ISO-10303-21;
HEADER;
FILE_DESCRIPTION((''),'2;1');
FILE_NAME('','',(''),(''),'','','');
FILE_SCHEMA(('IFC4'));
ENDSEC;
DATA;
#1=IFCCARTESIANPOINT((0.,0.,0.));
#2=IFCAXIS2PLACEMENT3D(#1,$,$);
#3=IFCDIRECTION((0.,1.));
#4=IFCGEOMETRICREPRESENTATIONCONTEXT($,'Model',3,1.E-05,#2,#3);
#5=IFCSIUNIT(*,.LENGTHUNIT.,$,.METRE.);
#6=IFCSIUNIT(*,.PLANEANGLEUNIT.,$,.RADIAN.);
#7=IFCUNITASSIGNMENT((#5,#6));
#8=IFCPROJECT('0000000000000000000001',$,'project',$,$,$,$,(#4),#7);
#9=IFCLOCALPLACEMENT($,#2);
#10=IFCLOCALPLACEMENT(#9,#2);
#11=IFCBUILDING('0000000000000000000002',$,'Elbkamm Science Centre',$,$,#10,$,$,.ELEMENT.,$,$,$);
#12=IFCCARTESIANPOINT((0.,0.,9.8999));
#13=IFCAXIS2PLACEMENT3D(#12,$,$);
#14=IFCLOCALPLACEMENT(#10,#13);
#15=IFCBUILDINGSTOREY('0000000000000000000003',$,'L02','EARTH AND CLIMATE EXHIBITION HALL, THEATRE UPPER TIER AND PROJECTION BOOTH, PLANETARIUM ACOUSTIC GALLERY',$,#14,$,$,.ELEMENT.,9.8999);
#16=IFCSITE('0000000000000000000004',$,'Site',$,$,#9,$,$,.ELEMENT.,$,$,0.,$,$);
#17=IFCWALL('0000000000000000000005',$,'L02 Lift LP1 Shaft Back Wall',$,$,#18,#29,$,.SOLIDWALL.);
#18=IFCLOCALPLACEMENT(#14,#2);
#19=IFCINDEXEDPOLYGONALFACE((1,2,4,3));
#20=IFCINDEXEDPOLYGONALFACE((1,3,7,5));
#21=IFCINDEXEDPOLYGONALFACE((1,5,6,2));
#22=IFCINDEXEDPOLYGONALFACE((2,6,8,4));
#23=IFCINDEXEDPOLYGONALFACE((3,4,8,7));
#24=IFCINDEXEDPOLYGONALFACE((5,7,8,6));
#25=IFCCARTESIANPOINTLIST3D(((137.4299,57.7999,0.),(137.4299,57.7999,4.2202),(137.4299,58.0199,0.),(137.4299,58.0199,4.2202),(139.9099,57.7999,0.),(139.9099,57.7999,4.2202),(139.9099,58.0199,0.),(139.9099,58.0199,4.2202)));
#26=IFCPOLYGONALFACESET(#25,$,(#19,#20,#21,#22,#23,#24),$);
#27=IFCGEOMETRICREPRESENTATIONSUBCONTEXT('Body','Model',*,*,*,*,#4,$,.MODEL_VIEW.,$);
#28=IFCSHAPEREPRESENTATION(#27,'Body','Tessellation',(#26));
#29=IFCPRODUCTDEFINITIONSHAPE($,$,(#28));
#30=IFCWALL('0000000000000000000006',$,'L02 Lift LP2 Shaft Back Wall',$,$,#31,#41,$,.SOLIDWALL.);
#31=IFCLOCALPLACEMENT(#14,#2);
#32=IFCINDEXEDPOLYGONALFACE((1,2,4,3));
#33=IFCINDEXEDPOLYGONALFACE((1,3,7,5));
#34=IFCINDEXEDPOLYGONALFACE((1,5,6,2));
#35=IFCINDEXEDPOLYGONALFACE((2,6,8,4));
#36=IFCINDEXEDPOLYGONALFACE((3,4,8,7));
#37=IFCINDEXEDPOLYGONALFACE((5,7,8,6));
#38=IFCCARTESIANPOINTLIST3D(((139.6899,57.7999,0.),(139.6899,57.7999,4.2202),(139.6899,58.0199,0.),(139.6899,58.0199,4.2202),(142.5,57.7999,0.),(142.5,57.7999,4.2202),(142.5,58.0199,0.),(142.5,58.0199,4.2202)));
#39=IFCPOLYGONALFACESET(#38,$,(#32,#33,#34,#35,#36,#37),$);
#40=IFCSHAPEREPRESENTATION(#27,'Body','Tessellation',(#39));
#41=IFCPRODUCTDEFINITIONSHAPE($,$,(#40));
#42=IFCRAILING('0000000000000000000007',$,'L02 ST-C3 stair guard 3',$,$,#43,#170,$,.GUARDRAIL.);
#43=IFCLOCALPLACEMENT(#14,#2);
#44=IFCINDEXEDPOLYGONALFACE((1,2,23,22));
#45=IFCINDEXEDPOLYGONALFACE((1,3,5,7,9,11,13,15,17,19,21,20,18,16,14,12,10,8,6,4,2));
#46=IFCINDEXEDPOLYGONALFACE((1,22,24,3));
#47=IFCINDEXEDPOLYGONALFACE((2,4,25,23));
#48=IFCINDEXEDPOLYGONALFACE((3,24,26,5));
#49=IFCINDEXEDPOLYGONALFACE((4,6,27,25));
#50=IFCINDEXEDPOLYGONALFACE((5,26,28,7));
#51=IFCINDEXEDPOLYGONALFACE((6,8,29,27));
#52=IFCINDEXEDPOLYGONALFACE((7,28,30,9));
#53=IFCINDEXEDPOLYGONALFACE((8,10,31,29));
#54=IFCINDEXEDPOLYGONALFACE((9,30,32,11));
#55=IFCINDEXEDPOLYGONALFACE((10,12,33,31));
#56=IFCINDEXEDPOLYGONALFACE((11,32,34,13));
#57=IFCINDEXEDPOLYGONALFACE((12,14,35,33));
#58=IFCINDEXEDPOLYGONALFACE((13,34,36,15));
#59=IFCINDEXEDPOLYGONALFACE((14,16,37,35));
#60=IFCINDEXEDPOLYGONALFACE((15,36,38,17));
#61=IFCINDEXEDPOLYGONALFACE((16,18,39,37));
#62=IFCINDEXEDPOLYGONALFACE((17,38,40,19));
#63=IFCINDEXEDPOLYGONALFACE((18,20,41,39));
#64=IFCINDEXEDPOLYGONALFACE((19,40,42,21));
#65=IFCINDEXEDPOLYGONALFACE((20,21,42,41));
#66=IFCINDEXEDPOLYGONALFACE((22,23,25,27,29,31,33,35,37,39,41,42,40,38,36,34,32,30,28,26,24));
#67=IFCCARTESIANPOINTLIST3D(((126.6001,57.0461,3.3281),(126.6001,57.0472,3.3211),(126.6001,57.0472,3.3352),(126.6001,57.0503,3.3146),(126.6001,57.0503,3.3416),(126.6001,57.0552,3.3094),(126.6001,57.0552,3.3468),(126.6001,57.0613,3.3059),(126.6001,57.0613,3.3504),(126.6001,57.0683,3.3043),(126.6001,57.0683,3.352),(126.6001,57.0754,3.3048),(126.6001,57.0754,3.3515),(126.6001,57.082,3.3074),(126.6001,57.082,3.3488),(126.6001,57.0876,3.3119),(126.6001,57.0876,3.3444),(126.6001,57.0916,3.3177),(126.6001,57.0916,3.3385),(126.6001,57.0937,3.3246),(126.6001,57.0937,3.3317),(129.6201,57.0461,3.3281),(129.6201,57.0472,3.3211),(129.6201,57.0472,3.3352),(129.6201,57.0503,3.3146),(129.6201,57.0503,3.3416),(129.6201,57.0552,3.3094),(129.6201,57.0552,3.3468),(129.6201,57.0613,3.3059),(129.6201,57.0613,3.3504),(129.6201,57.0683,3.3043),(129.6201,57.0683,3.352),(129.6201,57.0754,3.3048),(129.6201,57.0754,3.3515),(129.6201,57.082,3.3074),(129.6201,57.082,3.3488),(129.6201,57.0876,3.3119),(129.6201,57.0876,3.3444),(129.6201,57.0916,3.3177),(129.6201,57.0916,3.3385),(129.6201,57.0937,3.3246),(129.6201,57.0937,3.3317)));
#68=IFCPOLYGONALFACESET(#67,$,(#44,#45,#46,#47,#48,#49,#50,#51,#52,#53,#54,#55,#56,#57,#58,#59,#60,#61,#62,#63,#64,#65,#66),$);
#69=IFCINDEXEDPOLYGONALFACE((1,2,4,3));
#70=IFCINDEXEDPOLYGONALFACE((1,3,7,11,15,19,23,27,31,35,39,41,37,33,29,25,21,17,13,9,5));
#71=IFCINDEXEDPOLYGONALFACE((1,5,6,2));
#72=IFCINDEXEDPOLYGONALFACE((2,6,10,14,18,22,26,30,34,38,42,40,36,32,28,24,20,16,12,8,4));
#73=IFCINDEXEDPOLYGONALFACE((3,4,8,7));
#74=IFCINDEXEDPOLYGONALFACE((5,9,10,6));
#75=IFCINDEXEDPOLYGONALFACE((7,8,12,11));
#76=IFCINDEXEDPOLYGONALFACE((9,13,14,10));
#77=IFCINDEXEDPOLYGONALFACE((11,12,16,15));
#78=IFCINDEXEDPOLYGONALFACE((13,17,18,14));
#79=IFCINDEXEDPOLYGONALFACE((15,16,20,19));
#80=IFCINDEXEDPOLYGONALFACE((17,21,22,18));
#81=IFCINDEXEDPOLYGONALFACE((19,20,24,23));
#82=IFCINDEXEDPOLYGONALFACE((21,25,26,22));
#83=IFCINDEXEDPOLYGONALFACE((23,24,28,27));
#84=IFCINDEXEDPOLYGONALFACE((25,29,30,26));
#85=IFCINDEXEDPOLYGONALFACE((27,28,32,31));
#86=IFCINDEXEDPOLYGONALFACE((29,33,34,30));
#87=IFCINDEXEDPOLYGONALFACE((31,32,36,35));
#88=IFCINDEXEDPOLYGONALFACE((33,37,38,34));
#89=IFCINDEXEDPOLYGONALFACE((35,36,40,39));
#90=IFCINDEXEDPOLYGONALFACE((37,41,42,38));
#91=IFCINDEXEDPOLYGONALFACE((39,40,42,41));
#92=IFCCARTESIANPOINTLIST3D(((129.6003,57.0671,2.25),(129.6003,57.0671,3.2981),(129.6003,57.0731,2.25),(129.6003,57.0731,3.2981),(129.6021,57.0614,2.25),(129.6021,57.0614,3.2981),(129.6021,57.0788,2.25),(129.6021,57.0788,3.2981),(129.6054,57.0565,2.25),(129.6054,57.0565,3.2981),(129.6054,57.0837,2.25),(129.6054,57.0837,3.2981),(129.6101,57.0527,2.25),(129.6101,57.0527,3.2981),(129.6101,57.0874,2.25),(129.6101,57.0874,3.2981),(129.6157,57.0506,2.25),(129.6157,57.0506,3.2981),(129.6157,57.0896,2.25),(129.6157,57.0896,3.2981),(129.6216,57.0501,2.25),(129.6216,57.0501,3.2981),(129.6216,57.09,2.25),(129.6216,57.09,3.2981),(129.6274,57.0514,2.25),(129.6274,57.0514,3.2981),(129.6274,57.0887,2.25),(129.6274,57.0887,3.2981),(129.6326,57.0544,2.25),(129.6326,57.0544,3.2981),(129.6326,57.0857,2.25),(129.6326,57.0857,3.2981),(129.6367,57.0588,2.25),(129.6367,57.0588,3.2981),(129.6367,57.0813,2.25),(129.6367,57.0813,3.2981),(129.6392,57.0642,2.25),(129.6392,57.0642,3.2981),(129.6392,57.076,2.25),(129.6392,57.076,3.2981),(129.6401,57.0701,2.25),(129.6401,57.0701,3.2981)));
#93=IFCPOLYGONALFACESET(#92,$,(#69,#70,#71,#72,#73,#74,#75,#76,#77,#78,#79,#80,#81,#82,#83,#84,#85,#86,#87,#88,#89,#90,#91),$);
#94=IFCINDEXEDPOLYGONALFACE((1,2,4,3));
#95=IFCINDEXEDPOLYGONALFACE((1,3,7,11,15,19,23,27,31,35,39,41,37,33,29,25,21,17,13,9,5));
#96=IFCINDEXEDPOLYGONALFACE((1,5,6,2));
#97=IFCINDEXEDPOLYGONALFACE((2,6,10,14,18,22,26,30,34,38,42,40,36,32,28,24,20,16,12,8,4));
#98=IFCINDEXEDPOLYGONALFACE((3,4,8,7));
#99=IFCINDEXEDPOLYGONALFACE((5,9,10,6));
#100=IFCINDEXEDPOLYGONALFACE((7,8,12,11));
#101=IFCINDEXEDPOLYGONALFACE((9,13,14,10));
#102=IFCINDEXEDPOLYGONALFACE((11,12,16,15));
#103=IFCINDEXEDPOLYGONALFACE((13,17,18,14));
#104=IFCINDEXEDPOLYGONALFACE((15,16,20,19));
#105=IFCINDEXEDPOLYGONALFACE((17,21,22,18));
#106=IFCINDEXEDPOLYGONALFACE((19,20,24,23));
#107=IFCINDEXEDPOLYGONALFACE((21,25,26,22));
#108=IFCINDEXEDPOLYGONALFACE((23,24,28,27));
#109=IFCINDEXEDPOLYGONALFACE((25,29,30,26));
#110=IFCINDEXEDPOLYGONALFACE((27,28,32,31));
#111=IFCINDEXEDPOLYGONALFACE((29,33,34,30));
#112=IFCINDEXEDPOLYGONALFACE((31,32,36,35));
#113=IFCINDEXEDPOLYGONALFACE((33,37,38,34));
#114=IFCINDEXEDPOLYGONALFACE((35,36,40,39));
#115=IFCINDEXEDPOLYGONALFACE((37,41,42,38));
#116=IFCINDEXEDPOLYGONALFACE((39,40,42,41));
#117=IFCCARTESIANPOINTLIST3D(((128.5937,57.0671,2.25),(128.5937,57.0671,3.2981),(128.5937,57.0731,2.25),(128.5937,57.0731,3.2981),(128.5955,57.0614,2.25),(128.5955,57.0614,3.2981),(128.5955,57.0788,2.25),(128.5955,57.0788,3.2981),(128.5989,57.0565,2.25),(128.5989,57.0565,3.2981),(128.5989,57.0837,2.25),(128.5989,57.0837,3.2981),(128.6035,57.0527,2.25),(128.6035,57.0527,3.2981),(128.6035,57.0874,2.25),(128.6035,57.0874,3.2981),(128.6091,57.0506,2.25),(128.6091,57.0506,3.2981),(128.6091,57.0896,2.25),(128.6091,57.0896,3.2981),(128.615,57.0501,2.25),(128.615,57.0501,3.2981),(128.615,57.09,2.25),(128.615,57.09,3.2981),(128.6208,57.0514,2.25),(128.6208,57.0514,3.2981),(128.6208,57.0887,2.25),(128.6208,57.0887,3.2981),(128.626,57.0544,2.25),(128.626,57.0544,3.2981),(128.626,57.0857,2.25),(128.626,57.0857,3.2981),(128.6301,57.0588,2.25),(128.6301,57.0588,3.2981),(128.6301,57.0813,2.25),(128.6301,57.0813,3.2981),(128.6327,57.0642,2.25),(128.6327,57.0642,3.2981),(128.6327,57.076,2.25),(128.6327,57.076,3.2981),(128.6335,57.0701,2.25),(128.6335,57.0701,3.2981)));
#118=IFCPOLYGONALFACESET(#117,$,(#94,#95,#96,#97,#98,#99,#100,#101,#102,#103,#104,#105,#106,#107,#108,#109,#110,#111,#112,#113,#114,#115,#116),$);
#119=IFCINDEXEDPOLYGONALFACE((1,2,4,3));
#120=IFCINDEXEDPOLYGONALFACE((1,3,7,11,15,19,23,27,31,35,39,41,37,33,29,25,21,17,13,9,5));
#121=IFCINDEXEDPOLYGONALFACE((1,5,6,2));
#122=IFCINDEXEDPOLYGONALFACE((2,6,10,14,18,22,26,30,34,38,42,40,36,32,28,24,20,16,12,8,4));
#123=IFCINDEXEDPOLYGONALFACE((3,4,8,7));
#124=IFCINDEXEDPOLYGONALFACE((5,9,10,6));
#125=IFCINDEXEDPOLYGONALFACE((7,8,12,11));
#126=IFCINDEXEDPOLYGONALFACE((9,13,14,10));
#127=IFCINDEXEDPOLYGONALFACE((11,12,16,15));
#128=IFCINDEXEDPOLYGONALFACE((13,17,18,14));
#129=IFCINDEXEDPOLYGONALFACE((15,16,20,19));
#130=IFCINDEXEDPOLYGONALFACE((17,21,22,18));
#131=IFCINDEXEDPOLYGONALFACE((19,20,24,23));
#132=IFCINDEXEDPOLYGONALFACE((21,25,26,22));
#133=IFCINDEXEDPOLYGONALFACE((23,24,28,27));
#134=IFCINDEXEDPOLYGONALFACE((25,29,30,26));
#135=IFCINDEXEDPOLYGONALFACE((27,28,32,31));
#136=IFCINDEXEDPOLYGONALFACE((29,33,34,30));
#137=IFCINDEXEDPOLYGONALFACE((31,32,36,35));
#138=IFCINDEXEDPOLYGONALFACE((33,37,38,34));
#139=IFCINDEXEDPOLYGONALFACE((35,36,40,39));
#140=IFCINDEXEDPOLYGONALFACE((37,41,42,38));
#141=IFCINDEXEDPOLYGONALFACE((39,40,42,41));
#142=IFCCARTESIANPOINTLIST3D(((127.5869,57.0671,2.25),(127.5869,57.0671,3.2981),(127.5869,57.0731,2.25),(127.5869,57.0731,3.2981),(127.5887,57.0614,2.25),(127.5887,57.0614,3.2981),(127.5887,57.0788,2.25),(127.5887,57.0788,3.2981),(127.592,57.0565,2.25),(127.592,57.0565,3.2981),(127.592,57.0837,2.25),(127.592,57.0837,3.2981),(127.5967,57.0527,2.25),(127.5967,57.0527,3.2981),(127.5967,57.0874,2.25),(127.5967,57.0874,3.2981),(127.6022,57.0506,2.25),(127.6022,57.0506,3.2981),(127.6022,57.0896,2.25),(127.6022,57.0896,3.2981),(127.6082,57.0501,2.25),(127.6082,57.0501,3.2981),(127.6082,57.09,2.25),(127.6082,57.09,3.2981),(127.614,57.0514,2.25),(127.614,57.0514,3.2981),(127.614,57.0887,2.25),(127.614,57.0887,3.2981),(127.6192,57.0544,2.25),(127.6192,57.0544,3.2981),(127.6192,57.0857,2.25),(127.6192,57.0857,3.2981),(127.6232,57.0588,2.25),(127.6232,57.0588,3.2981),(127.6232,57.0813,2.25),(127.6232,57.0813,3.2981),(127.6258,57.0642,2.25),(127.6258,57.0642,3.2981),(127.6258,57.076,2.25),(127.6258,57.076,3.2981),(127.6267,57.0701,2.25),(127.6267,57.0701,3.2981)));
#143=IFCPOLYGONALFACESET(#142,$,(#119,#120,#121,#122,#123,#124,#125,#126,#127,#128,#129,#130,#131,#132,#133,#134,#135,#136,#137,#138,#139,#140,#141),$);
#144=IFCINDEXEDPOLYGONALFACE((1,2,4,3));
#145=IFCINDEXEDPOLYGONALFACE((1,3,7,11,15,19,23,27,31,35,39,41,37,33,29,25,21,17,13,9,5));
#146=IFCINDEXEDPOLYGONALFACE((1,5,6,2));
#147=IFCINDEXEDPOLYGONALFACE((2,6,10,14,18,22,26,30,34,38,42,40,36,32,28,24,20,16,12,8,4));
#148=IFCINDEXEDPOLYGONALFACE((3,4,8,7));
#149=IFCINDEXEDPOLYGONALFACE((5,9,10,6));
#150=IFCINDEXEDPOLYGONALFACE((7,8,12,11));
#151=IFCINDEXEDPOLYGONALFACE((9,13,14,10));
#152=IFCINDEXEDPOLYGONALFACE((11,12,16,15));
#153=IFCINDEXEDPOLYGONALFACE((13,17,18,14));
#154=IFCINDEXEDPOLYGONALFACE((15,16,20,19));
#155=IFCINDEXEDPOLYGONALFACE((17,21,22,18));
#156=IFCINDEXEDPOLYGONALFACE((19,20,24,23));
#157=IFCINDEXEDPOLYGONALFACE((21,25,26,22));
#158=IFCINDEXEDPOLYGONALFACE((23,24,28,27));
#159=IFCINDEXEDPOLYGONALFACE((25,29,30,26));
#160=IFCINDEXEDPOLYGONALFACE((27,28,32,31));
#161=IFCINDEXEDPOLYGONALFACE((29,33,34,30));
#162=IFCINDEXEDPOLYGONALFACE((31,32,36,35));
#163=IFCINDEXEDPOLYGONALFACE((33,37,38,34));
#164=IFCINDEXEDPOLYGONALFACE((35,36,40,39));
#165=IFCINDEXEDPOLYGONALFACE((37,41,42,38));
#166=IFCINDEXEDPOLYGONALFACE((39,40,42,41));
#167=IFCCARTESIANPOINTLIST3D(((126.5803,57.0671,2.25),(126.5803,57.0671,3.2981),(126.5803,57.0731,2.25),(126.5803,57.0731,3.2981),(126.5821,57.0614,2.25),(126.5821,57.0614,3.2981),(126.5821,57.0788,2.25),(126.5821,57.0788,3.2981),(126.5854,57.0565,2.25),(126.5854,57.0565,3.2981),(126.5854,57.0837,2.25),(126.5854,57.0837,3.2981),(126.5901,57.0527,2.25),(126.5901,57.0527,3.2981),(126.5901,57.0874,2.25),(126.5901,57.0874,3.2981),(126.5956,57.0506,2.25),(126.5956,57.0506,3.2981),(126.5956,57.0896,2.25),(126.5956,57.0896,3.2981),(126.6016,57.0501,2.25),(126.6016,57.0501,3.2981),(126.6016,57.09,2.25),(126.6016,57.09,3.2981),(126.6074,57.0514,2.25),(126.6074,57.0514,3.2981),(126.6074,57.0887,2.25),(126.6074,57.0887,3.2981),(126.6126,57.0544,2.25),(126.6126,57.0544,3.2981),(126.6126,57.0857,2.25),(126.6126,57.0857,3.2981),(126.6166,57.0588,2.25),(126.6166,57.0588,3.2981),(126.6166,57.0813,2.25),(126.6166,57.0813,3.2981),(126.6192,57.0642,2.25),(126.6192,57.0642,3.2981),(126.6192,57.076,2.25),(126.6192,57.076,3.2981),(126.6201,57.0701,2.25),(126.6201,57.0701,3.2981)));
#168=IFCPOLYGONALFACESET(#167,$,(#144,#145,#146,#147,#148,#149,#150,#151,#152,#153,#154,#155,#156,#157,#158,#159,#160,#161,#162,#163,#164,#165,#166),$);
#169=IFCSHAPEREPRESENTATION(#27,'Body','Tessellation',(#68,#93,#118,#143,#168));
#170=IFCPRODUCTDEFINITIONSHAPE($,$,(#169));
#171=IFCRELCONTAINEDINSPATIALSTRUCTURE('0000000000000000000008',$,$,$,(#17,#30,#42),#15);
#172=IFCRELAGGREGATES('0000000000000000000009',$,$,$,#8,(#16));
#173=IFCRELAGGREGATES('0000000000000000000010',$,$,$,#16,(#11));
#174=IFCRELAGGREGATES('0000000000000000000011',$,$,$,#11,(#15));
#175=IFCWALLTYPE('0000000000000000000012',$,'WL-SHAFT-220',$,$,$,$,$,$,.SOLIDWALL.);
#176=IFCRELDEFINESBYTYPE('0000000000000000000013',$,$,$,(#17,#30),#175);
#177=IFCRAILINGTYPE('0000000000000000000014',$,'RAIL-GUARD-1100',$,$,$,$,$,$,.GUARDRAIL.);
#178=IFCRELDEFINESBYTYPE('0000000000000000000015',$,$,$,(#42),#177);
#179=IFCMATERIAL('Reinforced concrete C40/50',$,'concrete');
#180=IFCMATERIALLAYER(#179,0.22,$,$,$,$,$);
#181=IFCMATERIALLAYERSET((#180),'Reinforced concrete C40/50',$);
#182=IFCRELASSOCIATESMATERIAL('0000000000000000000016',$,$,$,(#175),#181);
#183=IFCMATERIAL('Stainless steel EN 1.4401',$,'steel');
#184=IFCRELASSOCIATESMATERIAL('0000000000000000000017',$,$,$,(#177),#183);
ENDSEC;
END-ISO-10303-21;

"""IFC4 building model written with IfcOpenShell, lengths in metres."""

from ifc_helpers import new_model, si_unit, direction, frame, frame_2d, origin, origin_2d, place, context, subcontext, project, spatial, rectangle, circle, extrude, material, layer, layer_set, type_object, element, save


model = new_model("IFC4")

# Units and contexts
model_context = context("Model", 3, precision=1e-05, world=origin(), true_north=direction((0.0, 1.0)))
body_context = subcontext(model_context, "Body", "Model", "MODEL_VIEW")
ifc_project = project(units=[si_unit("LENGTHUNIT", "METRE"), si_unit("PLANEANGLEUNIT", "RADIAN")], contexts=[model_context])

# Site, building, storey
site_placement = place(None, origin())
site = spatial("IfcSite", under=ifc_project, at=site_placement, Name="Site", CompositionType="ELEMENT", RefElevation=0.0)
building_placement = place(site_placement, origin())
building = spatial("IfcBuilding", under=site, at=building_placement, Name="Elbkamm Science Centre", CompositionType="ELEMENT")
storey_placement = place(building_placement, frame((0.0, 0.0, 9.8999)))
storey = spatial("IfcBuildingStorey", under=building, at=storey_placement, Name="L02", Description="EARTH AND CLIMATE EXHIBITION HALL, THEATRE UPPER TIER AND PROJECTION BOOTH, PLANETARIUM ACOUSTIC GALLERY", CompositionType="ELEMENT", Elevation=9.8999)

# Walls
ifc_material_1 = material(Name="Reinforced concrete C40/50", Category="concrete")
ifc_layer_1 = layer(ifc_material_1, 0.22)
ifc_layer_set_1 = layer_set([ifc_layer_1], Name="Reinforced concrete C40/50")
wall_type_1 = type_object("IfcWallType", Name="WL-SHAFT-220", PredefinedType="SOLIDWALL", material=ifc_layer_set_1)
wall_1_placement = place(storey_placement, frame((137.4299, 57.9099, 0.0), z_axis=(0.0, 0.0, 1.0), x_axis=(1.0, 0.0, 0.0)))
element("IfcWall", 1, at=wall_1_placement, inside=storey, type_object=wall_type_1, Name="L02 Lift LP1 Shaft Back Wall", PredefinedType="SOLIDWALL", context=body_context, shape_type="SweptSolid", body=[
    extrude(rectangle(XDim=2.48, YDim=0.22, at=frame_2d((1.24, 0.0))), origin(), (0.0, 0.0, 1.0), 4.2202),
])
wall_2_placement = place(storey_placement, frame((139.6899, 57.9099, 0.0), z_axis=(0.0, 0.0, 1.0), x_axis=(1.0, 0.0, 0.0)))
element("IfcWall", 2, at=wall_2_placement, inside=storey, type_object=wall_type_1, Name="L02 Lift LP2 Shaft Back Wall", PredefinedType="SOLIDWALL", context=body_context, shape_type="SweptSolid", body=[
    extrude(rectangle(XDim=2.8101, YDim=0.22, at=frame_2d((1.405, 0.0))), origin(), (0.0, 0.0, 1.0), 4.2202),
])

# Railing
ifc_material_2 = material(Name="Stainless steel EN 1.4401", Category="steel")
railing_type_1 = type_object("IfcRailingType", Name="RAIL-GUARD-1100", PredefinedType="GUARDRAIL", material=ifc_material_2)
railing_1_placement = place(storey_placement, frame((129.6201, 57.0701, 2.25)))
element("IfcRailing", 3, at=railing_1_placement, inside=storey, type_object=railing_type_1, Name="L02 ST-C3 stair guard 3", PredefinedType="GUARDRAIL", context=body_context, shape_type="SweptSolid", body=[
    extrude(circle(Radius=0.0239, at=origin_2d()), frame((0.0, 0.0, 1.0781), z_axis=(-1.0, 0.0, 0.0), x_axis=(0.0, -1.0, 0.0)), (0.0, 0.0, 1.0), 3.02),
    extrude(circle(Radius=0.02, at=origin_2d()), origin(), (0.0, 0.0, 1.0), 1.0481),
    extrude(circle(Radius=0.02, at=origin_2d()), frame((-1.0066, 0.0, 0.0)), (0.0, 0.0, 1.0), 1.0481),
    extrude(circle(Radius=0.02, at=origin_2d()), frame((-2.0134, 0.0, 0.0)), (0.0, 0.0, 1.0), 1.0481),
    extrude(circle(Radius=0.02, at=origin_2d()), frame((-3.02, 0.0, 0.0)), (0.0, 0.0, 1.0), 1.0481),
])

save(model, "model.ifc")
